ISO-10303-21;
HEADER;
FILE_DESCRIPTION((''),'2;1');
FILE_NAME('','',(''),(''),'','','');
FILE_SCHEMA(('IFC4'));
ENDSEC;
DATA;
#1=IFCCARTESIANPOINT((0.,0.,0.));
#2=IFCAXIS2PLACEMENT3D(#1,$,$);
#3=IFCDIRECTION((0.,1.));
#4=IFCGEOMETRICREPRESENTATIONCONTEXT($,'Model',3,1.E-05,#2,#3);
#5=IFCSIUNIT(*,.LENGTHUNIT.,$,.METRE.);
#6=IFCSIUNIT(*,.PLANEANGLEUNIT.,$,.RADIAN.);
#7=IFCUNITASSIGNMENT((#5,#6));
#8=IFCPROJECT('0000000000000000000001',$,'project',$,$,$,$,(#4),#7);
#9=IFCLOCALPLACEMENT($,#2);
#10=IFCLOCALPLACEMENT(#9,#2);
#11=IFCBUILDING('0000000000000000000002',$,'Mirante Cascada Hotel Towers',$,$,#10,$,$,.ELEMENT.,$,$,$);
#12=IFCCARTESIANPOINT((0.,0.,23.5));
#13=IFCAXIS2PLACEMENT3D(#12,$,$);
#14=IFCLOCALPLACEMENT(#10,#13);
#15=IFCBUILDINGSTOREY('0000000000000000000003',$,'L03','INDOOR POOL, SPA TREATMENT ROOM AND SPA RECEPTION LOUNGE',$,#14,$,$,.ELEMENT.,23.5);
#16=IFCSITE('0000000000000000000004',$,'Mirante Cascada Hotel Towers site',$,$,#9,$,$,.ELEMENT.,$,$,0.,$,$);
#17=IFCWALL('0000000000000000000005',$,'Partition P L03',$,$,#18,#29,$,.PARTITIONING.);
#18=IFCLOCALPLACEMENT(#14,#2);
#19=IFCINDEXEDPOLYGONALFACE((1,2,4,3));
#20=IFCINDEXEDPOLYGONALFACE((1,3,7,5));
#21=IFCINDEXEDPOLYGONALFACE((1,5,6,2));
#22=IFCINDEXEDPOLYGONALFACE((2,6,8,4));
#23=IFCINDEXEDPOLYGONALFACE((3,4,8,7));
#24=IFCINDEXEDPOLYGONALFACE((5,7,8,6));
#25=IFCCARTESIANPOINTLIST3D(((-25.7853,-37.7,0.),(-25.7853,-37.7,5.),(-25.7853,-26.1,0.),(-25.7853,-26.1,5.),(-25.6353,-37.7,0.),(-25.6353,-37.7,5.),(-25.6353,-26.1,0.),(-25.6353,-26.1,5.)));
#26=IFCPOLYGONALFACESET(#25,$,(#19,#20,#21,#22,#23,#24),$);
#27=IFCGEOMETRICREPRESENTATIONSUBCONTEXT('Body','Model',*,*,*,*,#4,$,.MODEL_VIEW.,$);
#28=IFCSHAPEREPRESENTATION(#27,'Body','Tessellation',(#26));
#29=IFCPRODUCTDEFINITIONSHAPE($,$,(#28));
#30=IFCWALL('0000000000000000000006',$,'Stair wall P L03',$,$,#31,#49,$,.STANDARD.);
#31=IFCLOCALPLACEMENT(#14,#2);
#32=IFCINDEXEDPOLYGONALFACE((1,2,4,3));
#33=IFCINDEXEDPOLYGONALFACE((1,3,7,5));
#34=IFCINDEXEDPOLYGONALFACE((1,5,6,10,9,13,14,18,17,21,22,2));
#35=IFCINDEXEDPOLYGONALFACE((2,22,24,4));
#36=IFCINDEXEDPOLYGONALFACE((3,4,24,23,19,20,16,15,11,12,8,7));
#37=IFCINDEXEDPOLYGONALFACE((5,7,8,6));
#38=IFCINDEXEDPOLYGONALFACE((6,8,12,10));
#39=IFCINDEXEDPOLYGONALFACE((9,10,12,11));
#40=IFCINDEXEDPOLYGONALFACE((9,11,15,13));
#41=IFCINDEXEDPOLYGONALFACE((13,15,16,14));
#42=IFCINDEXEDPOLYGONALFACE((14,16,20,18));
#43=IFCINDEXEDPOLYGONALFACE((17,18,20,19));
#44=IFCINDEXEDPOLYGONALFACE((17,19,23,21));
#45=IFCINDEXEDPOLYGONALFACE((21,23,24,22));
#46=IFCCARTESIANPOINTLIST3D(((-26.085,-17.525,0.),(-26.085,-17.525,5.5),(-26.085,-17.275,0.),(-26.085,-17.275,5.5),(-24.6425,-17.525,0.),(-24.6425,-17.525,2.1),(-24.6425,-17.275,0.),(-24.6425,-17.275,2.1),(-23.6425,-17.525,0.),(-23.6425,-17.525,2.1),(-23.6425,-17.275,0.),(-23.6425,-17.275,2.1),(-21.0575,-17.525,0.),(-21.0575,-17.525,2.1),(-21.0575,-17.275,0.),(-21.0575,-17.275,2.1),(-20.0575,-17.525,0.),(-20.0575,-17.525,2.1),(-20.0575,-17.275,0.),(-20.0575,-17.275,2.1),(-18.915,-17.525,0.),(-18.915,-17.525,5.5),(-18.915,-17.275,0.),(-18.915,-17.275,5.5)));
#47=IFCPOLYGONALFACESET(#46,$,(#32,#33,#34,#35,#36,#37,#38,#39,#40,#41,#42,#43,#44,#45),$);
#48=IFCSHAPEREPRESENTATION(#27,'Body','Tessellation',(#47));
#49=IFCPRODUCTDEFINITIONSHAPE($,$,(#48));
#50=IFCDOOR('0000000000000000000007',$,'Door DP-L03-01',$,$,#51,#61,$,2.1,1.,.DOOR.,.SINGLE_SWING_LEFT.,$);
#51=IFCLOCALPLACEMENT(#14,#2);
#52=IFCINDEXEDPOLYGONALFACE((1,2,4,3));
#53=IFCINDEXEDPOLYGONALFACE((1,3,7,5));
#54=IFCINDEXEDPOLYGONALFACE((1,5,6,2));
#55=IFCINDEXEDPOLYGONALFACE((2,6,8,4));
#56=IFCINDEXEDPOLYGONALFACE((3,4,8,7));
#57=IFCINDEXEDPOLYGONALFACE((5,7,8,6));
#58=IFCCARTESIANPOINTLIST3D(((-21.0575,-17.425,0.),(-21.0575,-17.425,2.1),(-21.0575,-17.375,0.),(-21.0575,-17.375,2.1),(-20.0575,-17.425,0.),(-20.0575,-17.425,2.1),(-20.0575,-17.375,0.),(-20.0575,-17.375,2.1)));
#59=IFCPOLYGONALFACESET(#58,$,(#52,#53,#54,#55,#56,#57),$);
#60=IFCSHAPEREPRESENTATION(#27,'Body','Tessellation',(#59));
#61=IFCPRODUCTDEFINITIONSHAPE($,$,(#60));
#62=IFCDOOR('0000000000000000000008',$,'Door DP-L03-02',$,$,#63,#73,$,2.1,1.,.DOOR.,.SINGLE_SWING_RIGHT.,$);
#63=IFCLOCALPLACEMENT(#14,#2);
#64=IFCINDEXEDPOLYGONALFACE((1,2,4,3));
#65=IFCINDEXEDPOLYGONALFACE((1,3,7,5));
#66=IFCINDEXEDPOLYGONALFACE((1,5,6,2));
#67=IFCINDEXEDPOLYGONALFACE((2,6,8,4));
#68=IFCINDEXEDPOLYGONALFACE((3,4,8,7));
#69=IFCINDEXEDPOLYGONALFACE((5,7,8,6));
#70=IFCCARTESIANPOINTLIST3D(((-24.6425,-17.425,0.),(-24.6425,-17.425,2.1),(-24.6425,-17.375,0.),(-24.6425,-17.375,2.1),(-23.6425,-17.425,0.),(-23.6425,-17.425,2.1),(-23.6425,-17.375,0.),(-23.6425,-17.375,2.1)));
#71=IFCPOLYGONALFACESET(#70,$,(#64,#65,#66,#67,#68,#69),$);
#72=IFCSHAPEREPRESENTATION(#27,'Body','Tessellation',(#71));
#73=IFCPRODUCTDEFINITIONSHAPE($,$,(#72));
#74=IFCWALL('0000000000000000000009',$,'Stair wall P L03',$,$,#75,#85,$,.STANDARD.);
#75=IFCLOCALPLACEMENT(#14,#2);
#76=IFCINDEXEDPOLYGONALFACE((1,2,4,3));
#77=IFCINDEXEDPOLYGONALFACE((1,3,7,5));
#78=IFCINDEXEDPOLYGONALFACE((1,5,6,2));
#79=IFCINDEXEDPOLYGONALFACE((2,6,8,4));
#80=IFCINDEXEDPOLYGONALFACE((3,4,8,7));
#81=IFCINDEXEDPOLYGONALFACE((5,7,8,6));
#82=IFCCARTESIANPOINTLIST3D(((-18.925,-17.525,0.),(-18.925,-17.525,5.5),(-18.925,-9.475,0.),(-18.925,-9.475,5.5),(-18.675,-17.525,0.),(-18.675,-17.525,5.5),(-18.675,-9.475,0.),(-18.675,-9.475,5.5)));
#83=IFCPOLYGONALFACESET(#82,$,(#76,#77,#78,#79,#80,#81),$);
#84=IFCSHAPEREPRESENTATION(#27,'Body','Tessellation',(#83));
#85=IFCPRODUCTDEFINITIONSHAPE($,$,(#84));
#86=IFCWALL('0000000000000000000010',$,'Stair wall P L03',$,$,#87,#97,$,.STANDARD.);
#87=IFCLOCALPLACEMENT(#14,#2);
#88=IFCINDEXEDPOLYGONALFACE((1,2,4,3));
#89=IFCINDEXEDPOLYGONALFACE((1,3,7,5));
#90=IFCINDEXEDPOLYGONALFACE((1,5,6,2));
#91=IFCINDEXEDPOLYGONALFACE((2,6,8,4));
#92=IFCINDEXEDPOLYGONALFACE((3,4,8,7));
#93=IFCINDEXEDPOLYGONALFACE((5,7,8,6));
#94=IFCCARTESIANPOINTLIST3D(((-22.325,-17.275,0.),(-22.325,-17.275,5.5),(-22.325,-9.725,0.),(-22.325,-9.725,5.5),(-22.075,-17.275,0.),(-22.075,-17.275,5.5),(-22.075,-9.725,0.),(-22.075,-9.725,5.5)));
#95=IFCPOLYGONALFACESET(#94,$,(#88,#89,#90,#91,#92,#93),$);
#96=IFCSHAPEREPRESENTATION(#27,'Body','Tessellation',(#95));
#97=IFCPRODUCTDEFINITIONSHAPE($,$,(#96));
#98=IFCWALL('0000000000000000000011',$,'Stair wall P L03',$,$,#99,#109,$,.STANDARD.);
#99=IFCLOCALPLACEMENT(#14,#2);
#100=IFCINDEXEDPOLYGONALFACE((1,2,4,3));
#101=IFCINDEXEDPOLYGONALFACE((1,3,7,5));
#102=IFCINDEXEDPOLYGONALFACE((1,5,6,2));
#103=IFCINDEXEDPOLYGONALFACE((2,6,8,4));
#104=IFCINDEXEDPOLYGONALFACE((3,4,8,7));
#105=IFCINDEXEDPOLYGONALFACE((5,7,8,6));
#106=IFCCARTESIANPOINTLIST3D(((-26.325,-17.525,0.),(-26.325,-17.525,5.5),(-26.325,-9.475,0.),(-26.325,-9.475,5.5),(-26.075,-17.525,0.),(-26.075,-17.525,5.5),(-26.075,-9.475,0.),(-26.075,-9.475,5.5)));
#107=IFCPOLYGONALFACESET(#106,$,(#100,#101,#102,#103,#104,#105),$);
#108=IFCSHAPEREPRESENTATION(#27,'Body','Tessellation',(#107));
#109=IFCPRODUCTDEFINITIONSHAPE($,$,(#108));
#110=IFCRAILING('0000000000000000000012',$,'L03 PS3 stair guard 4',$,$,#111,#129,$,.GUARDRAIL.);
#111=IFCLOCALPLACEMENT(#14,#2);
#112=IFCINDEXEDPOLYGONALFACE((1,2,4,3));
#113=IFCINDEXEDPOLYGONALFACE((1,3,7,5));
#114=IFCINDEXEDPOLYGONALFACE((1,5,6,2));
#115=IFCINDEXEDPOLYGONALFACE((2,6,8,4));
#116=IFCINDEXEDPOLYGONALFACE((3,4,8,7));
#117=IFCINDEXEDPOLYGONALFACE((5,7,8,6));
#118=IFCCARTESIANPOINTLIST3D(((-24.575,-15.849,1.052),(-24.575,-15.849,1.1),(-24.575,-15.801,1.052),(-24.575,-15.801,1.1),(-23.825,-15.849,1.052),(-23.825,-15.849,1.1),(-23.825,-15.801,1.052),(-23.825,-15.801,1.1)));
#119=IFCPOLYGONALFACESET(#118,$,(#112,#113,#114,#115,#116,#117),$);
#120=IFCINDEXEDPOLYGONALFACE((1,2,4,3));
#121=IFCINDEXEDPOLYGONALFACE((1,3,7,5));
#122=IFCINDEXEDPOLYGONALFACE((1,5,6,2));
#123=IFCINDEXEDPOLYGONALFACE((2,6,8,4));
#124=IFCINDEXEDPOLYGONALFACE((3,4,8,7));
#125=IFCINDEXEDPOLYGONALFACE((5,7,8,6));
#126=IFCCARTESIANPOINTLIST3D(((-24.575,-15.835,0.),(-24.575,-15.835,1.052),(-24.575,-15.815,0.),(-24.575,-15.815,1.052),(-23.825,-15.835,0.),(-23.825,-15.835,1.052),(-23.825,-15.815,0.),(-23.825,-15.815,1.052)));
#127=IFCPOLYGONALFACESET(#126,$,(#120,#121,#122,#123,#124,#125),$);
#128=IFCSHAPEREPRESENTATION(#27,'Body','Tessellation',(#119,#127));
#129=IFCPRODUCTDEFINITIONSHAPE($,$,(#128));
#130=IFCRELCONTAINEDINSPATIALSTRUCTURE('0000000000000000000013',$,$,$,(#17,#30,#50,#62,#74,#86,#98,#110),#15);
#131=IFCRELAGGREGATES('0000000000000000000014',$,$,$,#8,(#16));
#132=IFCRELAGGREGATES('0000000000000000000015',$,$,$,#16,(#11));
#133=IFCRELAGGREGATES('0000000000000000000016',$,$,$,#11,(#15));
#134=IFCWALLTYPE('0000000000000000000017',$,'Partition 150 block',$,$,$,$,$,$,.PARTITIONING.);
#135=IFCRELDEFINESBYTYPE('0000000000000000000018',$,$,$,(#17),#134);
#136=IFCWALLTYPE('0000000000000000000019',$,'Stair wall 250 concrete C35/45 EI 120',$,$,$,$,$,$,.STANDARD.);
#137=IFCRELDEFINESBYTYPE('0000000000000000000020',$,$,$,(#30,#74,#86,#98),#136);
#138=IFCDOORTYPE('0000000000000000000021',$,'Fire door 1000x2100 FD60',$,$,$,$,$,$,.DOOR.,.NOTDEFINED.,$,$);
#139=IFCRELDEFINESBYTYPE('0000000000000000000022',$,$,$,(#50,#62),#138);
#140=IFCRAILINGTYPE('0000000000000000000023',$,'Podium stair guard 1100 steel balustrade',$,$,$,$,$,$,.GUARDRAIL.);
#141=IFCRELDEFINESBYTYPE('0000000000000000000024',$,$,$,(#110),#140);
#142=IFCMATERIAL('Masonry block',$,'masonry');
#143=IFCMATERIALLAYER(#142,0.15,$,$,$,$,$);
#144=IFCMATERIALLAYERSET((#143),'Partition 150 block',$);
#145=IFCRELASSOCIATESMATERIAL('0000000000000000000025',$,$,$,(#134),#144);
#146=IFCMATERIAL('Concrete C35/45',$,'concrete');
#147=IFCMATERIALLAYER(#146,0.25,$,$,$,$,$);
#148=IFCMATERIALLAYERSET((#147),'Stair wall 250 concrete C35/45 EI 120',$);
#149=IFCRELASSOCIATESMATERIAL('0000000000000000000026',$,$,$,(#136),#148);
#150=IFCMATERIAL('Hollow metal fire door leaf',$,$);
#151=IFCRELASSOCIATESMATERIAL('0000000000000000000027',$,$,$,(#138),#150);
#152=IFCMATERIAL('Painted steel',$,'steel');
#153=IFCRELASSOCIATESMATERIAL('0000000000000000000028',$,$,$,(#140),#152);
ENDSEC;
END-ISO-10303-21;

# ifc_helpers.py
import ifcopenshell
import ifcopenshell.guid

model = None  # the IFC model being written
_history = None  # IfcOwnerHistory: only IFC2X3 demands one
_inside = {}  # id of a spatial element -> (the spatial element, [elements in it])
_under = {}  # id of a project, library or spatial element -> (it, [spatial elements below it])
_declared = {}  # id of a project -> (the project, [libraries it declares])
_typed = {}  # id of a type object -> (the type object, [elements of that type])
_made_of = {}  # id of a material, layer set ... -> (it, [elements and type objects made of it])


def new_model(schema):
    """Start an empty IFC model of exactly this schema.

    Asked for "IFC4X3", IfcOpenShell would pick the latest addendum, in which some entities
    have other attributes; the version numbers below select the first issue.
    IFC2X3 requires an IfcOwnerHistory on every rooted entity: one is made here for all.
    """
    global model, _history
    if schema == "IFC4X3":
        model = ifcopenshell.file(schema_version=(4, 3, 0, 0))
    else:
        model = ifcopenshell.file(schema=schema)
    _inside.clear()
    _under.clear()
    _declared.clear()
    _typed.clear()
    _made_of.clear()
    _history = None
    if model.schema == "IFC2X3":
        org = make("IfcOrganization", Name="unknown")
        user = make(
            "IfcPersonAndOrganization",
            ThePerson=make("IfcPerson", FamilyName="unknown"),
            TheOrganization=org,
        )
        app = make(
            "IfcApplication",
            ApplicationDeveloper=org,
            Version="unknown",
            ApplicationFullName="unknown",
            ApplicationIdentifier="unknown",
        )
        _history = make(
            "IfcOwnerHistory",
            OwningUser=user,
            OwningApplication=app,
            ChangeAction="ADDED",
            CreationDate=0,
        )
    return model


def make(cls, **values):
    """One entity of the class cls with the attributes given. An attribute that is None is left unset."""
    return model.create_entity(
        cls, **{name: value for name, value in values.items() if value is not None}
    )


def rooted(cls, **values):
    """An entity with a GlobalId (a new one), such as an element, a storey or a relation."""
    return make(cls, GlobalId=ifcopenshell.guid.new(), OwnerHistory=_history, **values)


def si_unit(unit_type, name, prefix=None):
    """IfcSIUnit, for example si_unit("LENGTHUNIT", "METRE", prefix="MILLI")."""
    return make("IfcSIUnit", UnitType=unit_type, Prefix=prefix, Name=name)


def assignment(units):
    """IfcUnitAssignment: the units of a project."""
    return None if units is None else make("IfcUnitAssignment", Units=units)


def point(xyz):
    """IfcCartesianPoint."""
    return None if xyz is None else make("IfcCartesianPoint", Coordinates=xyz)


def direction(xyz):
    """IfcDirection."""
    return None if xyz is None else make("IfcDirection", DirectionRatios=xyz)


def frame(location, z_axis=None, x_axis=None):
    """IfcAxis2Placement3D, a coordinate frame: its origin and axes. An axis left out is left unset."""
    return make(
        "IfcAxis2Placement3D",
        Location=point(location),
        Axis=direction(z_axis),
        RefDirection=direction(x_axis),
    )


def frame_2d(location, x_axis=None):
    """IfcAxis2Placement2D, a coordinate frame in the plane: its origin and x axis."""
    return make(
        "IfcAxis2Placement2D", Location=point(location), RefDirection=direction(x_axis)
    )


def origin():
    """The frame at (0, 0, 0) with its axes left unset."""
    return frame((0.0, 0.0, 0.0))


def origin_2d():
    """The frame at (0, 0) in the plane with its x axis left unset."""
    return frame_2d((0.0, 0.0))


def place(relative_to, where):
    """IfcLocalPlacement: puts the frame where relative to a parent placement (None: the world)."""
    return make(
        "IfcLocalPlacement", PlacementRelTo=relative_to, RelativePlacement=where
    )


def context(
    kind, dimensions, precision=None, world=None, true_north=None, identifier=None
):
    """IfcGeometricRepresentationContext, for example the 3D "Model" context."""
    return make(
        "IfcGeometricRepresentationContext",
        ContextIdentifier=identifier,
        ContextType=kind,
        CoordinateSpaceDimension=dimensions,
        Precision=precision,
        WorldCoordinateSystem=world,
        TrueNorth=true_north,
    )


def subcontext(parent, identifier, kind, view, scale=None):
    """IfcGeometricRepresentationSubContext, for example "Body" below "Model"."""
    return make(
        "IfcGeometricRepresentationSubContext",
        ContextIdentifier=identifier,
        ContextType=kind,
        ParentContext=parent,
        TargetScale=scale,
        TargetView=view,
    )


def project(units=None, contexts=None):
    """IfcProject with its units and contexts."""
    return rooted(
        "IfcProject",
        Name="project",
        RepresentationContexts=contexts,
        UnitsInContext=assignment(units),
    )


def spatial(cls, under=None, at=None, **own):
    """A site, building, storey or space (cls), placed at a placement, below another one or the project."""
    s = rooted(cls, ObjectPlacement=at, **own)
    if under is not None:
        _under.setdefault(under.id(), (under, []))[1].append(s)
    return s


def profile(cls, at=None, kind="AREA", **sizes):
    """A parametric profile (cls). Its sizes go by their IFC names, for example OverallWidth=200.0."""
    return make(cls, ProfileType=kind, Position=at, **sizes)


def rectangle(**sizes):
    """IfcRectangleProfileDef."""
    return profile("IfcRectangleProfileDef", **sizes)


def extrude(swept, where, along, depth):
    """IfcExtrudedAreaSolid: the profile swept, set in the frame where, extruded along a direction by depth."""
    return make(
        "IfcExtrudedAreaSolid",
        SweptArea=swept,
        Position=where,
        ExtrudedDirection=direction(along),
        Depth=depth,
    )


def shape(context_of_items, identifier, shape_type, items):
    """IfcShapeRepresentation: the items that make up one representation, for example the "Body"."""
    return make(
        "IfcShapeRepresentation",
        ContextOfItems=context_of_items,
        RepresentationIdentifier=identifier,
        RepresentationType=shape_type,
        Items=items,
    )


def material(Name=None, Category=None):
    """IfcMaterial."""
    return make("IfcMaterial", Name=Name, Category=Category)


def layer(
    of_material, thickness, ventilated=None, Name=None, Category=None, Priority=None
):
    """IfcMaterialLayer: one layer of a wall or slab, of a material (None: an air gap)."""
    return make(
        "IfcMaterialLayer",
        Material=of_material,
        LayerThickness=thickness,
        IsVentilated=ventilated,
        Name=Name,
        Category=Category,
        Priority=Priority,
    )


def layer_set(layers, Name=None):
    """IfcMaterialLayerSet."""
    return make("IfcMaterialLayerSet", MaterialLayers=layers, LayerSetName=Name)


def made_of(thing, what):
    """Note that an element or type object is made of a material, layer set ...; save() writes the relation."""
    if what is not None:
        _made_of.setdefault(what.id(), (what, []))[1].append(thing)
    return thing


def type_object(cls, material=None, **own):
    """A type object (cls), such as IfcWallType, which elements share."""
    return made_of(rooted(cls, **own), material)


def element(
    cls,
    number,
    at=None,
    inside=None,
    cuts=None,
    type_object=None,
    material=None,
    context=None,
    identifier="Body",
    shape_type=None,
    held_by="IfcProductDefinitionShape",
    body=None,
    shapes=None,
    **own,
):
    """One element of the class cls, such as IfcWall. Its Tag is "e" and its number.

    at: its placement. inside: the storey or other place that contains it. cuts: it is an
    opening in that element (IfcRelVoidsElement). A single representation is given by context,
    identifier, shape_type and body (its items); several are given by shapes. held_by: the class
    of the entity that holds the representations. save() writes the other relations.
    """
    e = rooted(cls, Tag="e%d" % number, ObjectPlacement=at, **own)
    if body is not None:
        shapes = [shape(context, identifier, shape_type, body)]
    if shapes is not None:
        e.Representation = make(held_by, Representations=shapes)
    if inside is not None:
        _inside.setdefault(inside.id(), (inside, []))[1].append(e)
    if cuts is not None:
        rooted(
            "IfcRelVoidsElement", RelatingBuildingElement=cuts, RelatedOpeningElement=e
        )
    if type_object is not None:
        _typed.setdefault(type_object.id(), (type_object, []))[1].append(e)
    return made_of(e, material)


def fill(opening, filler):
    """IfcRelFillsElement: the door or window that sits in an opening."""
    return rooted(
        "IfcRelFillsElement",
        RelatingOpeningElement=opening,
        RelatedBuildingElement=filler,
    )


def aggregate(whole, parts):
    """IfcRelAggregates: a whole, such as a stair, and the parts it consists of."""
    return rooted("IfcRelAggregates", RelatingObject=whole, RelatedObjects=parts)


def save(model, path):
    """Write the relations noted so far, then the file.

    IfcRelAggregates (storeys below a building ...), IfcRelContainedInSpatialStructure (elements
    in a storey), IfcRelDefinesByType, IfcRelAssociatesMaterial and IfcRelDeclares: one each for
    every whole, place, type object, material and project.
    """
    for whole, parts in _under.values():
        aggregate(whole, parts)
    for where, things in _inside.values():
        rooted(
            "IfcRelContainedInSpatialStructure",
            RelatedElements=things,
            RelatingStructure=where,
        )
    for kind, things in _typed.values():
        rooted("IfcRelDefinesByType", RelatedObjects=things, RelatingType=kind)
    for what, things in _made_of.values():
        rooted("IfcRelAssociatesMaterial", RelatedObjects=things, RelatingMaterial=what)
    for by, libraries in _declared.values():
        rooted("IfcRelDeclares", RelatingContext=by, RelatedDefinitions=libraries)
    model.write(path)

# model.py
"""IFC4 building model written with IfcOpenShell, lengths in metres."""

from ifc_helpers import new_model, si_unit, direction, frame, frame_2d, origin, origin_2d, place, context, subcontext, project, spatial, rectangle, extrude, material, layer, layer_set, type_object, element, fill, save


model = new_model("IFC4")

# Units and contexts
model_context = context("Model", 3, precision=1e-05, world=origin(), true_north=direction((0.0, 1.0)))
body_context = subcontext(model_context, "Body", "Model", "MODEL_VIEW")
ifc_project = project(units=[si_unit("LENGTHUNIT", "METRE"), si_unit("PLANEANGLEUNIT", "RADIAN")], contexts=[model_context])

# Site, building, storey
site_placement = place(None, origin())
site = spatial("IfcSite", under=ifc_project, at=site_placement, Name="Mirante Cascada Hotel Towers site", CompositionType="ELEMENT", RefElevation=0.0)
building_placement = place(site_placement, origin())
building = spatial("IfcBuilding", under=site, at=building_placement, Name="Mirante Cascada Hotel Towers", CompositionType="ELEMENT")
storey_placement = place(building_placement, frame((0.0, 0.0, 23.5)))
storey = spatial("IfcBuildingStorey", under=building, at=storey_placement, Name="L03", Description="INDOOR POOL, SPA TREATMENT ROOM AND SPA RECEPTION LOUNGE", CompositionType="ELEMENT", Elevation=23.5)

# Wall
ifc_material_1 = material(Name="Masonry block", Category="masonry")
ifc_layer_1 = layer(ifc_material_1, 0.15)
ifc_layer_set_1 = layer_set([ifc_layer_1], Name="Partition 150 block")
wall_type_1 = type_object("IfcWallType", Name="Partition 150 block", PredefinedType="PARTITIONING", material=ifc_layer_set_1)
for number, where, z_axis, x_axis, name in (
    (1, (-25.7103, -37.7, 0.0), (0.0, 0.0, 1.0), (0.0, 1.0, 0.0), "Partition P L03"),
):
    element("IfcWall", number, at=place(storey_placement, frame(where, z_axis=z_axis, x_axis=x_axis)), inside=storey, type_object=wall_type_1, Name=name, PredefinedType="PARTITIONING", context=body_context, shape_type="SweptSolid", body=[
        extrude(rectangle(XDim=11.6, YDim=0.15, at=frame_2d((5.8, 0.0))), origin(), (0.0, 0.0, 1.0), 5.0),
    ])

# Wall, openings, doors
ifc_material_2 = material(Name="Concrete C35/45", Category="concrete")
ifc_layer_2 = layer(ifc_material_2, 0.25)
ifc_layer_set_2 = layer_set([ifc_layer_2], Name="Stair wall 250 concrete C35/45 EI 120")
wall_type_2 = type_object("IfcWallType", Name="Stair wall 250 concrete C35/45 EI 120", PredefinedType="STANDARD", material=ifc_layer_set_2)
wall_1_placement = place(storey_placement, frame((-26.085, -17.4, 0.0), z_axis=(0.0, 0.0, 1.0), x_axis=(1.0, 0.0, 0.0)))
wall_1 = element("IfcWall", 2, at=wall_1_placement, inside=storey, type_object=wall_type_2, Name="Stair wall P L03", PredefinedType="STANDARD", context=body_context, shape_type="SweptSolid", body=[
    extrude(rectangle(XDim=7.17, YDim=0.25, at=frame_2d((3.585, 0.0))), origin(), (0.0, 0.0, 1.0), 5.5),
])
opening_1_placement = place(wall_1_placement, frame((5.0275, 0.0, 0.0)))
opening_1 = element("IfcOpeningElement", 3, at=opening_1_placement, cuts=wall_1, PredefinedType="OPENING", context=body_context, shape_type="SweptSolid", body=[
    extrude(rectangle(XDim=1.0, YDim=2.1, at=frame_2d((0.5, 1.05))), frame((0.0, 0.125, 0.0), z_axis=(0.0, -1.0, 0.0), x_axis=(1.0, 0.0, 0.0)), (0.0, 0.0, 1.0), 0.25),
])
opening_2_placement = place(wall_1_placement, frame((1.4425, 0.0, 0.0)))
opening_2 = element("IfcOpeningElement", 4, at=opening_2_placement, cuts=wall_1, PredefinedType="OPENING", context=body_context, shape_type="SweptSolid", body=[
    extrude(rectangle(XDim=1.0, YDim=2.1, at=frame_2d((0.5, 1.05))), frame((0.0, 0.125, 0.0), z_axis=(0.0, -1.0, 0.0), x_axis=(1.0, 0.0, 0.0)), (0.0, 0.0, 1.0), 0.25),
])
ifc_material_3 = material(Name="Hollow metal fire door leaf")
door_type_1 = type_object("IfcDoorType", Name="Fire door 1000x2100 FD60", OperationType="NOTDEFINED", PredefinedType="DOOR", material=ifc_material_3)
door_1_placement = place(opening_1_placement, origin())
door_1 = element("IfcDoor", 5, at=door_1_placement, inside=storey, type_object=door_type_1, Name="Door DP-L03-01", OperationType="SINGLE_SWING_LEFT", OverallHeight=2.1, OverallWidth=1.0, PredefinedType="DOOR", context=body_context, shape_type="SweptSolid", body=[
    extrude(rectangle(XDim=1.0, YDim=2.1, at=frame_2d((0.5, 1.05))), frame((0.0, 0.025, 0.0), z_axis=(0.0, -1.0, 0.0), x_axis=(1.0, 0.0, 0.0)), (0.0, 0.0, 1.0), 0.05),
])
fill(opening_1, door_1)
door_2_placement = place(opening_2_placement, origin())
door_2 = element("IfcDoor", 6, at=door_2_placement, inside=storey, type_object=door_type_1, Name="Door DP-L03-02", OperationType="SINGLE_SWING_RIGHT", OverallHeight=2.1, OverallWidth=1.0, PredefinedType="DOOR", context=body_context, shape_type="SweptSolid", body=[
    extrude(rectangle(XDim=1.0, YDim=2.1, at=frame_2d((0.5, 1.05))), frame((0.0, 0.025, 0.0), z_axis=(0.0, -1.0, 0.0), x_axis=(1.0, 0.0, 0.0)), (0.0, 0.0, 1.0), 0.05),
])
fill(opening_2, door_2)

# Walls
wall_2_placement = place(storey_placement, frame((-18.8, -17.525, 0.0), z_axis=(0.0, 0.0, 1.0), x_axis=(0.0, 1.0, 0.0)))
element("IfcWall", 7, at=wall_2_placement, inside=storey, type_object=wall_type_2, Name="Stair wall P L03", PredefinedType="STANDARD", context=body_context, shape_type="SweptSolid", body=[
    extrude(rectangle(XDim=8.05, YDim=0.25, at=frame_2d((4.025, 0.0))), origin(), (0.0, 0.0, 1.0), 5.5),
])
wall_3_placement = place(storey_placement, frame((-22.2, -17.275, 0.0), z_axis=(0.0, 0.0, 1.0), x_axis=(0.0, 1.0, 0.0)))
element("IfcWall", 8, at=wall_3_placement, inside=storey, type_object=wall_type_2, Name="Stair wall P L03", PredefinedType="STANDARD", context=body_context, shape_type="SweptSolid", body=[
    extrude(rectangle(XDim=7.55, YDim=0.25, at=frame_2d((3.775, 0.0))), origin(), (0.0, 0.0, 1.0), 5.5),
])
wall_4_placement = place(storey_placement, frame((-26.2, -17.525, 0.0), z_axis=(0.0, 0.0, 1.0), x_axis=(0.0, 1.0, 0.0)))
element("IfcWall", 9, at=wall_4_placement, inside=storey, type_object=wall_type_2, Name="Stair wall P L03", PredefinedType="STANDARD", context=body_context, shape_type="SweptSolid", body=[
    extrude(rectangle(XDim=8.05, YDim=0.25, at=frame_2d((4.025, 0.0))), origin(), (0.0, 0.0, 1.0), 5.5),
])

# Railing
ifc_material_4 = material(Name="Painted steel", Category="steel")
railing_type = type_object("IfcRailingType", Name="Podium stair guard 1100 steel balustrade", PredefinedType="GUARDRAIL", material=ifc_material_4)
railing_placement = place(storey_placement, frame((-23.825, -15.825, 0.0)))
element("IfcRailing", 10, at=railing_placement, inside=storey, type_object=railing_type, Name="L03 PS3 stair guard 4", PredefinedType="GUARDRAIL", context=body_context, shape_type="SweptSolid", body=[
    extrude(rectangle(XDim=0.048, YDim=0.048, at=origin_2d()), frame((0.0, 0.0, 1.076), z_axis=(-1.0, 0.0, 0.0), x_axis=(0.0, -1.0, 0.0)), (0.0, 0.0, 1.0), 0.75),
    extrude(rectangle(XDim=0.02, YDim=1.052, at=origin_2d()), frame((0.0, 0.0, 0.526), z_axis=(-1.0, 0.0, 0.0), x_axis=(0.0, -1.0, 0.0)), (0.0, 0.0, 1.0), 0.75),
])

save(model, "model.ifc")
